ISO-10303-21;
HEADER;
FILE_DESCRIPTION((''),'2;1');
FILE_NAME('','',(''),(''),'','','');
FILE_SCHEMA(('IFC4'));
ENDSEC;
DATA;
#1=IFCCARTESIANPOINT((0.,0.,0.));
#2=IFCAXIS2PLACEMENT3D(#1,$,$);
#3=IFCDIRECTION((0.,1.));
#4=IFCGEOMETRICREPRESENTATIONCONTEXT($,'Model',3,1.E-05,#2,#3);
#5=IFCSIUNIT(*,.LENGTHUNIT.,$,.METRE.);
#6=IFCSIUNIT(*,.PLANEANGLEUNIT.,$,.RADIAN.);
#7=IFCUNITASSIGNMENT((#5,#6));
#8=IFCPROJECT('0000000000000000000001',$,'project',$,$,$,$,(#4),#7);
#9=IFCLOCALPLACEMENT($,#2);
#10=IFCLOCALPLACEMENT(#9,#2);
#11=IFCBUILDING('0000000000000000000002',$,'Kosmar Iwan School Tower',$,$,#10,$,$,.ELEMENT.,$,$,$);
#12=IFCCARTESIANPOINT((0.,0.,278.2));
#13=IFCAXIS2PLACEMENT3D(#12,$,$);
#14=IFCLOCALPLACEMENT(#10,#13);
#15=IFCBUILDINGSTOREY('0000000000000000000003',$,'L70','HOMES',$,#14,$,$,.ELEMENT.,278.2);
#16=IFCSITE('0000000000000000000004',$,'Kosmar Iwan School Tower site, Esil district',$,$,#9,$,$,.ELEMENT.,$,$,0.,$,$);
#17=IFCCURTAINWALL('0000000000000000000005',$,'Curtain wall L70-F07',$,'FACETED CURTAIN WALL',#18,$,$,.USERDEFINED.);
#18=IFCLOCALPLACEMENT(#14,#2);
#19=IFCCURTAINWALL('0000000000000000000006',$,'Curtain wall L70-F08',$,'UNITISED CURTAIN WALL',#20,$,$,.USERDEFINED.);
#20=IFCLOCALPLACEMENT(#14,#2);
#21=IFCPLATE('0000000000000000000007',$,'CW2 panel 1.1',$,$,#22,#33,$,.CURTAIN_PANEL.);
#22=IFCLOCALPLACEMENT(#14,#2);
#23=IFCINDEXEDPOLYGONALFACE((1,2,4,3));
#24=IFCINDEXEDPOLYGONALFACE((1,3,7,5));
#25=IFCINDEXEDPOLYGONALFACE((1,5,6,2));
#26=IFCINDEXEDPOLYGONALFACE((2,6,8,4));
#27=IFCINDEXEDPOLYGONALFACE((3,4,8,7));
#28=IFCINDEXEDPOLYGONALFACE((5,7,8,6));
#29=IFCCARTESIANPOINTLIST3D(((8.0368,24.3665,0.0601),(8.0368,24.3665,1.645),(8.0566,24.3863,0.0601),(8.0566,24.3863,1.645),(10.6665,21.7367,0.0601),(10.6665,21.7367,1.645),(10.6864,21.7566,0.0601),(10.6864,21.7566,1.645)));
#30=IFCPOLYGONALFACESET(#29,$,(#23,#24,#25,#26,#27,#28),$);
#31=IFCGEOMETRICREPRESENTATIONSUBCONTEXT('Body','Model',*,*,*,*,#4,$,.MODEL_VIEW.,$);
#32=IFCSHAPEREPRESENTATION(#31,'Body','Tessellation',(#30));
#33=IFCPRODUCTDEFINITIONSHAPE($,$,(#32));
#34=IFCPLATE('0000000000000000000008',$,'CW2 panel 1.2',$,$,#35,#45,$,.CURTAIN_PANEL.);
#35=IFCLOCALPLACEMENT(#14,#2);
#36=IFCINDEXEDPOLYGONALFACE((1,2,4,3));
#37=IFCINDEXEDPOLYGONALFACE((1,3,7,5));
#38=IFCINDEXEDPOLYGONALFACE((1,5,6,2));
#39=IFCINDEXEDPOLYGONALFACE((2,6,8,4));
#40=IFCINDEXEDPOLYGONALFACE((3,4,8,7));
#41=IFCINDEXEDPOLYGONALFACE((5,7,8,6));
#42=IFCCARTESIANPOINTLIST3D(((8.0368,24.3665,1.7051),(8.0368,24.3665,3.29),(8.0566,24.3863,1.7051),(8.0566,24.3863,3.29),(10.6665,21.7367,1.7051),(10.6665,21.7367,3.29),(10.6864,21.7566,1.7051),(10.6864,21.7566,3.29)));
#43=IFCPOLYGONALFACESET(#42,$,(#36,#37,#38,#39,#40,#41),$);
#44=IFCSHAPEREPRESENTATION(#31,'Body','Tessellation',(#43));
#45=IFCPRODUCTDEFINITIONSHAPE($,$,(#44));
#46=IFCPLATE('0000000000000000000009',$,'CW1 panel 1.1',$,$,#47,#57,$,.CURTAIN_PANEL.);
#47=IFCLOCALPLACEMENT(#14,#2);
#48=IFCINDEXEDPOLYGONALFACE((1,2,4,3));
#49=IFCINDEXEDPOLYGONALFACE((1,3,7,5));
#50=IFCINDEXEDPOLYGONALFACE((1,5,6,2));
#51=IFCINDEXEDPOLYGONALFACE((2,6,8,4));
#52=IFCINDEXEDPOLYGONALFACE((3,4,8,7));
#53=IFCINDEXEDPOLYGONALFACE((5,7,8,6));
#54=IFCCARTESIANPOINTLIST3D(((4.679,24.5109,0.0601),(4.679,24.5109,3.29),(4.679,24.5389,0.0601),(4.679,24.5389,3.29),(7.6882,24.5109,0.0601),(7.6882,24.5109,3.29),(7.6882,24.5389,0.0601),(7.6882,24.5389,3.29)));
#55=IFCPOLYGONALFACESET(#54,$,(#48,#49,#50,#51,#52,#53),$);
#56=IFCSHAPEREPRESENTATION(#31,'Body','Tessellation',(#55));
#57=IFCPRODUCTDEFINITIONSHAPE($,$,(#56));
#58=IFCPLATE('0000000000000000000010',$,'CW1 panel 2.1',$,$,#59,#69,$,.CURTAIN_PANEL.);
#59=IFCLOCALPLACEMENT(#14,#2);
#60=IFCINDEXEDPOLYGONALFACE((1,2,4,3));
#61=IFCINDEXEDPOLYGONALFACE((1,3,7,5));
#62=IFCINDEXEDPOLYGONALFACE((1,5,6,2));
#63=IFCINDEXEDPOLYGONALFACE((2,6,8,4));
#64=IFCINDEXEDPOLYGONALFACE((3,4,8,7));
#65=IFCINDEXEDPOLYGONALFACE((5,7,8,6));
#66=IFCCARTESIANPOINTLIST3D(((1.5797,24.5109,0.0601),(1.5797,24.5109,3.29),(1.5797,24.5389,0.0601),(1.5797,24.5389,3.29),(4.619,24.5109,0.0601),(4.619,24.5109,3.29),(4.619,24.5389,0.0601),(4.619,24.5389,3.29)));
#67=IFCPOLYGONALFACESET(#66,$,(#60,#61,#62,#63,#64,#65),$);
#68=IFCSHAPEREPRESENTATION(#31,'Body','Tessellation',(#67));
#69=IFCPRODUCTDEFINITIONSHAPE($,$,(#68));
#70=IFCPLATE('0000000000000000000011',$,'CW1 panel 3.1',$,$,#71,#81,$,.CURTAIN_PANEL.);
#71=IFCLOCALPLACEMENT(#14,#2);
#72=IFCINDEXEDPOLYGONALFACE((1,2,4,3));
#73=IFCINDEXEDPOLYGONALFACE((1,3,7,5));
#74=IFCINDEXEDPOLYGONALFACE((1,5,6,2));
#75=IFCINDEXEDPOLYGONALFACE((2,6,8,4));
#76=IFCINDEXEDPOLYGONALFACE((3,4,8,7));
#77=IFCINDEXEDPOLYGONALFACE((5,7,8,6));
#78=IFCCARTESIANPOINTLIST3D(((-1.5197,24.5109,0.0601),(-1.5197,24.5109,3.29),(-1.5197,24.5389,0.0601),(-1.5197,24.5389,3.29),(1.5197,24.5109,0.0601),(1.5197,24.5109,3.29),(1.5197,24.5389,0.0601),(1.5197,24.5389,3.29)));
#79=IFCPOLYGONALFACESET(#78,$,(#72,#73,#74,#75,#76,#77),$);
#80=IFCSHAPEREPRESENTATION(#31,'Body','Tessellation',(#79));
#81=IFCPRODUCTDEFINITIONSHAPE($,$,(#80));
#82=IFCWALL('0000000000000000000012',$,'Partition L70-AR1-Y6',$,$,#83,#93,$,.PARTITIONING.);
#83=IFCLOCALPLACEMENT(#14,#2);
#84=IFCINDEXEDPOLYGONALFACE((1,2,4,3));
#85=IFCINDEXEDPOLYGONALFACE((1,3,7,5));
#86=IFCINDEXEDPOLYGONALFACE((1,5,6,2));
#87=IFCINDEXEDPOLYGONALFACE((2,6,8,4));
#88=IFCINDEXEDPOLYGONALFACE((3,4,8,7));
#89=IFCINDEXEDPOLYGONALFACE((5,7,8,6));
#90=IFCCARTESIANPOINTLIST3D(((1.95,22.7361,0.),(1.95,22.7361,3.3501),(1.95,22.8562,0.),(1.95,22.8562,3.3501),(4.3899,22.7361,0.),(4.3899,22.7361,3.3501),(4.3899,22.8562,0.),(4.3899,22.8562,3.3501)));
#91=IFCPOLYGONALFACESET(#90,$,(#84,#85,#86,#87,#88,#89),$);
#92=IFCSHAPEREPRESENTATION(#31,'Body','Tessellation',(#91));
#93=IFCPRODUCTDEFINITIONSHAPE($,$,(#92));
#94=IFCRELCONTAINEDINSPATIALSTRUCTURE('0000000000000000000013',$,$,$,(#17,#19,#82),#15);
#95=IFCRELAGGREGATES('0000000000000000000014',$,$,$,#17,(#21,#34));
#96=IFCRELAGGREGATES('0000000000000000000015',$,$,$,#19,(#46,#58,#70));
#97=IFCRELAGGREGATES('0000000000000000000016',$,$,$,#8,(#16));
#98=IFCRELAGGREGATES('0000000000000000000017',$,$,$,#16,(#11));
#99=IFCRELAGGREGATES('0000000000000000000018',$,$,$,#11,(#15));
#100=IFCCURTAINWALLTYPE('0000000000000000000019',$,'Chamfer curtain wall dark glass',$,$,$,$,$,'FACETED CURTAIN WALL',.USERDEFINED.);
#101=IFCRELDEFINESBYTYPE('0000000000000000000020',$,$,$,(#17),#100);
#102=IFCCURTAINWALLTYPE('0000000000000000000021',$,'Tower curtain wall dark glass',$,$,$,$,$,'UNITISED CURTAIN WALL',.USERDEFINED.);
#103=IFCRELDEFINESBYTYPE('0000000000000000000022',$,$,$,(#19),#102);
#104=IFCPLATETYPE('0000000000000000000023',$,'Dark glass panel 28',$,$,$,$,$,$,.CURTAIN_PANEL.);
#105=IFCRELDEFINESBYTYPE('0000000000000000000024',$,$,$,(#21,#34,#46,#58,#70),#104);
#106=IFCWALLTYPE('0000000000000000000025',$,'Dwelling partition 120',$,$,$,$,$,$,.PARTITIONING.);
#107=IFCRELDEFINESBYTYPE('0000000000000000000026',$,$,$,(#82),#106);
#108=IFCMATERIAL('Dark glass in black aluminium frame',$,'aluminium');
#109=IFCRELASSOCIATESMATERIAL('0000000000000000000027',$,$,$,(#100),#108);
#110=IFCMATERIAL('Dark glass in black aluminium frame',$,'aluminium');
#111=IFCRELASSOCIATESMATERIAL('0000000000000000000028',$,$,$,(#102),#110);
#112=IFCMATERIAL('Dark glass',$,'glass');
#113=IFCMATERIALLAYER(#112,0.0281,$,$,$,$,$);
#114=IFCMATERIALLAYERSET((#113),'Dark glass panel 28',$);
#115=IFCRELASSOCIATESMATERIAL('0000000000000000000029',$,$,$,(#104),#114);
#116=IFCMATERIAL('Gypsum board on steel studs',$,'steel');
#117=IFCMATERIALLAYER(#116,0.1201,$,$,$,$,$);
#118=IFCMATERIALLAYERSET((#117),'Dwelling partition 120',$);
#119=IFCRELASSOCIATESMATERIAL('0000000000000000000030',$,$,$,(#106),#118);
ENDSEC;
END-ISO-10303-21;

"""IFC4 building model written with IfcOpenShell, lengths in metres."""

from ifc_helpers import new_model, si_unit, direction, frame, frame_2d, origin, origin_2d, place, context, subcontext, project, spatial, rectangle, extrude, material, layer, layer_set, type_object, element, aggregate, save


model = new_model("IFC4")

# Units and contexts
model_context = context("Model", 3, precision=1e-05, world=origin(), true_north=direction((0.0, 1.0)))
body_context = subcontext(model_context, "Body", "Model", "MODEL_VIEW")
ifc_project = project(units=[si_unit("LENGTHUNIT", "METRE"), si_unit("PLANEANGLEUNIT", "RADIAN")], contexts=[model_context])

# Site, building, storey
site_placement = place(None, origin())
site = spatial("IfcSite", under=ifc_project, at=site_placement, Name="Kosmar Iwan School Tower site, Esil district", CompositionType="ELEMENT", RefElevation=0.0)
building_placement = place(site_placement, origin())
building = spatial("IfcBuilding", under=site, at=building_placement, Name="Kosmar Iwan School Tower", CompositionType="ELEMENT")
storey_placement = place(building_placement, frame((0.0, 0.0, 278.2)))
storey = spatial("IfcBuildingStorey", under=building, at=storey_placement, Name="L70", Description="HOMES", CompositionType="ELEMENT", Elevation=278.2)

# Curtain wall
ifc_material_1 = material(Name="Dark glass in black aluminium frame", Category="aluminium")
curtain_wall_type_1 = type_object("IfcCurtainWallType", Name="Chamfer curtain wall dark glass", ElementType="FACETED CURTAIN WALL", PredefinedType="USERDEFINED", material=ifc_material_1)
curtain_wall_1_placement = place(storey_placement, origin())
curtain_wall_1 = element("IfcCurtainWall", 1, at=curtain_wall_1_placement, inside=storey, type_object=curtain_wall_type_1, Name="Curtain wall L70-F07", ObjectType="FACETED CURTAIN WALL", PredefinedType="USERDEFINED")

# Curtain wall
ifc_material_2 = material(Name="Dark glass in black aluminium frame", Category="aluminium")
curtain_wall_type_2 = type_object("IfcCurtainWallType", Name="Tower curtain wall dark glass", ElementType="UNITISED CURTAIN WALL", PredefinedType="USERDEFINED", material=ifc_material_2)
curtain_wall_2_placement = place(storey_placement, origin())
curtain_wall_2 = element("IfcCurtainWall", 2, at=curtain_wall_2_placement, inside=storey, type_object=curtain_wall_type_2, Name="Curtain wall L70-F08", ObjectType="UNITISED CURTAIN WALL", PredefinedType="USERDEFINED")

# Plates
ifc_material_3 = material(Name="Dark glass", Category="glass")
ifc_layer_1 = layer(ifc_material_3, 0.0281)
ifc_layer_set_1 = layer_set([ifc_layer_1], Name="Dark glass panel 28")
plate_type = type_object("IfcPlateType", Name="Dark glass panel 28", PredefinedType="CURTAIN_PANEL", material=ifc_layer_set_1)
plate_1_placement = place(storey_placement, frame((9.3616, 23.0615, 0.0601), z_axis=(0.0, 0.0, 1.0), x_axis=(-0.707107, 0.707107, 0.0)))
plate_1 = element("IfcPlate", 3, at=plate_1_placement, type_object=plate_type, Name="CW2 panel 1.1", PredefinedType="CURTAIN_PANEL", context=body_context, shape_type="SweptSolid", body=[
    extrude(rectangle(XDim=3.719, YDim=0.0281, at=origin_2d()), origin(), (0.0, 0.0, 1.0), 1.585),
])
plate_2_placement = place(storey_placement, frame((9.3616, 23.0615, 1.7051), z_axis=(0.0, 0.0, 1.0), x_axis=(-0.707107, 0.707107, 0.0)))
plate_2 = element("IfcPlate", 4, at=plate_2_placement, type_object=plate_type, Name="CW2 panel 1.2", PredefinedType="CURTAIN_PANEL", context=body_context, shape_type="SweptSolid", body=[
    extrude(rectangle(XDim=3.719, YDim=0.0281, at=origin_2d()), origin(), (0.0, 0.0, 1.0), 1.585),
])
aggregate(curtain_wall_1, [plate_1, plate_2])
plate_3_placement = place(storey_placement, frame((6.1836, 24.5249, 0.0601), z_axis=(0.0, 0.0, 1.0), x_axis=(-1.0, 0.0, 0.0)))
plate_3 = element("IfcPlate", 5, at=plate_3_placement, type_object=plate_type, Name="CW1 panel 1.1", PredefinedType="CURTAIN_PANEL", context=body_context, shape_type="SweptSolid", body=[
    extrude(rectangle(XDim=3.0093, YDim=0.0281, at=origin_2d()), origin(), (0.0, 0.0, 1.0), 3.23),
])
plate_4_placement = place(storey_placement, frame((3.0994, 24.5249, 0.0601), z_axis=(0.0, 0.0, 1.0), x_axis=(-1.0, 0.0, 0.0)))
plate_4 = element("IfcPlate", 6, at=plate_4_placement, type_object=plate_type, Name="CW1 panel 2.1", PredefinedType="CURTAIN_PANEL", context=body_context, shape_type="SweptSolid", body=[
    extrude(rectangle(XDim=3.0393, YDim=0.0281, at=origin_2d()), origin(), (0.0, 0.0, 1.0), 3.23),
])
plate_5_placement = place(storey_placement, frame((0.0, 24.5249, 0.0601), z_axis=(0.0, 0.0, 1.0), x_axis=(-1.0, 0.0, 0.0)))
plate_5 = element("IfcPlate", 7, at=plate_5_placement, type_object=plate_type, Name="CW1 panel 3.1", PredefinedType="CURTAIN_PANEL", context=body_context, shape_type="SweptSolid", body=[
    extrude(rectangle(XDim=3.0393, YDim=0.0281, at=origin_2d()), origin(), (0.0, 0.0, 1.0), 3.23),
])
aggregate(curtain_wall_2, [plate_3, plate_4, plate_5])

# Wall
ifc_material_4 = material(Name="Gypsum board on steel studs", Category="steel")
ifc_layer_2 = layer(ifc_material_4, 0.1201)
ifc_layer_set_2 = layer_set([ifc_layer_2], Name="Dwelling partition 120")
wall_type = type_object("IfcWallType", Name="Dwelling partition 120", PredefinedType="PARTITIONING", material=ifc_layer_set_2)
wall_placement = place(storey_placement, frame((1.95, 22.7961, 0.0), z_axis=(0.0, 0.0, 1.0), x_axis=(1.0, 0.0, 0.0)))
element("IfcWall", 8, at=wall_placement, inside=storey, type_object=wall_type, Name="Partition L70-AR1-Y6", PredefinedType="PARTITIONING", context=body_context, shape_type="SweptSolid", body=[
    extrude(rectangle(XDim=2.4399, YDim=0.1201, at=frame_2d((1.22, 0.0))), origin(), (0.0, 0.0, 1.0), 3.3501),
])

save(model, "model.ifc")
